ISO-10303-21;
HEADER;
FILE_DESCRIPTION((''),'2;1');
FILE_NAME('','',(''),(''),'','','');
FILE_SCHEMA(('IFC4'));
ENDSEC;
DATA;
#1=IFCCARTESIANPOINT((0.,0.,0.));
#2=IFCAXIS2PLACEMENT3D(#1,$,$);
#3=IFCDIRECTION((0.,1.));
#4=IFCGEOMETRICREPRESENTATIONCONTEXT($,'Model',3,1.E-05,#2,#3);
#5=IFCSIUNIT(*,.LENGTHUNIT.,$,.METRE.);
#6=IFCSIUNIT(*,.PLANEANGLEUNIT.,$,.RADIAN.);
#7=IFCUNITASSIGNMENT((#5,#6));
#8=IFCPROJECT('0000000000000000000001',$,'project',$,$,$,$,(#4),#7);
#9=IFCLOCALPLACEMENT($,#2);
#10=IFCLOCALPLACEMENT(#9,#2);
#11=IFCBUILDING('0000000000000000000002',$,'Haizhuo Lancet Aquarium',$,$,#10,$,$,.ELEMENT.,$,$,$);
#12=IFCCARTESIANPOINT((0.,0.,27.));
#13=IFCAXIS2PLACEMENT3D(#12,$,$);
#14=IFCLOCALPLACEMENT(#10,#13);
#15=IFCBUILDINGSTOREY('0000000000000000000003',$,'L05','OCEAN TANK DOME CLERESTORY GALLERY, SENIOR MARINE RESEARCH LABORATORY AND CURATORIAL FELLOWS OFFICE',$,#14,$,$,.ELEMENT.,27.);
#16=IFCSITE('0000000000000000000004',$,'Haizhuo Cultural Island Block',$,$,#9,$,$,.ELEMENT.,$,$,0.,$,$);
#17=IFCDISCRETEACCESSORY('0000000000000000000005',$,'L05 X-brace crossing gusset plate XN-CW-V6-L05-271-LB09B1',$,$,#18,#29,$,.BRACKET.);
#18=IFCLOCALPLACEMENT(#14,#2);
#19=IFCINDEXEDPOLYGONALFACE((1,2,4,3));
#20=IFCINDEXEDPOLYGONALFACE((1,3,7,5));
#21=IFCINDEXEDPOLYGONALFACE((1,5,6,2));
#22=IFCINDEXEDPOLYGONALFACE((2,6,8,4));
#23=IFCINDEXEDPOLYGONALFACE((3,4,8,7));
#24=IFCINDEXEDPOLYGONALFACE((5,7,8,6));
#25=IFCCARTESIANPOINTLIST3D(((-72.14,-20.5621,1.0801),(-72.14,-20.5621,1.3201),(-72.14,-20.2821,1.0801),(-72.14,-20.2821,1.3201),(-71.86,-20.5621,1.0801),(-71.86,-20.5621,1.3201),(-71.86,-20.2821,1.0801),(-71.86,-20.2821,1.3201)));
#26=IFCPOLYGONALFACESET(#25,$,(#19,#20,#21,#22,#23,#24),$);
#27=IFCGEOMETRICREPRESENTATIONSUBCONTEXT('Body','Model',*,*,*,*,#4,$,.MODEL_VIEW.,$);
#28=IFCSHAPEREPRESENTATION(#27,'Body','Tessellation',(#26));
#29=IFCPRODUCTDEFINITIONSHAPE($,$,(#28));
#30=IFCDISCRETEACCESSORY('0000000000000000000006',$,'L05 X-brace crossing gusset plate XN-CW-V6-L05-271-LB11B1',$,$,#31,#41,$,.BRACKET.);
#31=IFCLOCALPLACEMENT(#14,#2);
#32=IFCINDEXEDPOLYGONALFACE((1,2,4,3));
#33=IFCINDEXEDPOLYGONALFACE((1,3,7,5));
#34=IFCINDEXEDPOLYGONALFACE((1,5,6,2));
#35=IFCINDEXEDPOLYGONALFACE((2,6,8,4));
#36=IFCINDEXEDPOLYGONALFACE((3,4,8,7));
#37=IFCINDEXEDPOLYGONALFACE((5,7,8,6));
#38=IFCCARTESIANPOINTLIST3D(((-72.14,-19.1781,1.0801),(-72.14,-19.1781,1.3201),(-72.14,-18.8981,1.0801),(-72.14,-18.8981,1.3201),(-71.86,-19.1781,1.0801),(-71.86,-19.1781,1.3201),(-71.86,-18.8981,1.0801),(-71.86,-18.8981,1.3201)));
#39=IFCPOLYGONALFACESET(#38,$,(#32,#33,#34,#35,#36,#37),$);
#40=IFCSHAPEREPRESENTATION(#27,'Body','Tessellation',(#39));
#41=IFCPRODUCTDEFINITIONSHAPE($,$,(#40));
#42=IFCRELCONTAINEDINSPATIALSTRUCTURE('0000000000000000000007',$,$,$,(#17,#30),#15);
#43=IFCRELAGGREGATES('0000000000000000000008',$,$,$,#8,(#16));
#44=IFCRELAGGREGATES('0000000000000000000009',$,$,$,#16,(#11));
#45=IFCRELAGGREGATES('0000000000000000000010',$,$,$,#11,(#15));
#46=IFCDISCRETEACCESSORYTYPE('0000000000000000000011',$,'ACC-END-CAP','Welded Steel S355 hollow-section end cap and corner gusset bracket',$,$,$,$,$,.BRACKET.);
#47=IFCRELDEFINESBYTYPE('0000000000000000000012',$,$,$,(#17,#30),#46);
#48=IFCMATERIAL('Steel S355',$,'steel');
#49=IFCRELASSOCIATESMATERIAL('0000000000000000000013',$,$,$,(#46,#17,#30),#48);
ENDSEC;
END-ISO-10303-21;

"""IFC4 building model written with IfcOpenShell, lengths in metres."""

from ifc_helpers import new_model, si_unit, direction, frame, origin, origin_2d, place, context, subcontext, project, spatial, rectangle, extrude, material, type_object, element, save


model = new_model("IFC4")

# Units and contexts
model_context = context("Model", 3, precision=1e-05, world=origin(), true_north=direction((0.0, 1.0)))
body_context = subcontext(model_context, "Body", "Model", "MODEL_VIEW")
ifc_project = project(units=[si_unit("LENGTHUNIT", "METRE"), si_unit("PLANEANGLEUNIT", "RADIAN")], contexts=[model_context])

# Site, building, storey
site_placement = place(None, origin())
site = spatial("IfcSite", under=ifc_project, at=site_placement, Name="Haizhuo Cultural Island Block", CompositionType="ELEMENT", RefElevation=0.0)
building_placement = place(site_placement, origin())
building = spatial("IfcBuilding", under=site, at=building_placement, Name="Haizhuo Lancet Aquarium", CompositionType="ELEMENT")
storey_placement = place(building_placement, frame((0.0, 0.0, 27.0)))
storey = spatial("IfcBuildingStorey", under=building, at=storey_placement, Name="L05", Description="OCEAN TANK DOME CLERESTORY GALLERY, SENIOR MARINE RESEARCH LABORATORY AND CURATORIAL FELLOWS OFFICE", CompositionType="ELEMENT", Elevation=27.0)

# Shared definitions
ifc_material_1 = material(Name="Steel S355", Category="steel")

# Discrete accessories
discrete_accessory_type = type_object("IfcDiscreteAccessoryType", Name="ACC-END-CAP", Description="Welded Steel S355 hollow-section end cap and corner gusset bracket", PredefinedType="BRACKET", material=ifc_material_1)
for number, where, z_axis, x_axis, name in (
    (1, (-72.0, -20.4221, 1.0801), (0.0, 0.0, 1.0), (1.0, 0.0, 0.0), "L05 X-brace crossing gusset plate XN-CW-V6-L05-271-LB09B1"),
    (2, (-72.0, -19.0381, 1.0801), (0.0, 0.0, 1.0), (1.0, 0.0, 0.0), "L05 X-brace crossing gusset plate XN-CW-V6-L05-271-LB11B1"),
):
    element("IfcDiscreteAccessory", number, at=place(storey_placement, frame(where, z_axis=z_axis, x_axis=x_axis)), inside=storey, type_object=discrete_accessory_type, material=ifc_material_1, Name=name, PredefinedType="BRACKET", context=body_context, shape_type="SweptSolid", body=[
        extrude(rectangle(XDim=0.28, YDim=0.28, at=origin_2d()), origin(), (0.0, 0.0, 1.0), 0.24),
    ])

save(model, "model.ifc")
